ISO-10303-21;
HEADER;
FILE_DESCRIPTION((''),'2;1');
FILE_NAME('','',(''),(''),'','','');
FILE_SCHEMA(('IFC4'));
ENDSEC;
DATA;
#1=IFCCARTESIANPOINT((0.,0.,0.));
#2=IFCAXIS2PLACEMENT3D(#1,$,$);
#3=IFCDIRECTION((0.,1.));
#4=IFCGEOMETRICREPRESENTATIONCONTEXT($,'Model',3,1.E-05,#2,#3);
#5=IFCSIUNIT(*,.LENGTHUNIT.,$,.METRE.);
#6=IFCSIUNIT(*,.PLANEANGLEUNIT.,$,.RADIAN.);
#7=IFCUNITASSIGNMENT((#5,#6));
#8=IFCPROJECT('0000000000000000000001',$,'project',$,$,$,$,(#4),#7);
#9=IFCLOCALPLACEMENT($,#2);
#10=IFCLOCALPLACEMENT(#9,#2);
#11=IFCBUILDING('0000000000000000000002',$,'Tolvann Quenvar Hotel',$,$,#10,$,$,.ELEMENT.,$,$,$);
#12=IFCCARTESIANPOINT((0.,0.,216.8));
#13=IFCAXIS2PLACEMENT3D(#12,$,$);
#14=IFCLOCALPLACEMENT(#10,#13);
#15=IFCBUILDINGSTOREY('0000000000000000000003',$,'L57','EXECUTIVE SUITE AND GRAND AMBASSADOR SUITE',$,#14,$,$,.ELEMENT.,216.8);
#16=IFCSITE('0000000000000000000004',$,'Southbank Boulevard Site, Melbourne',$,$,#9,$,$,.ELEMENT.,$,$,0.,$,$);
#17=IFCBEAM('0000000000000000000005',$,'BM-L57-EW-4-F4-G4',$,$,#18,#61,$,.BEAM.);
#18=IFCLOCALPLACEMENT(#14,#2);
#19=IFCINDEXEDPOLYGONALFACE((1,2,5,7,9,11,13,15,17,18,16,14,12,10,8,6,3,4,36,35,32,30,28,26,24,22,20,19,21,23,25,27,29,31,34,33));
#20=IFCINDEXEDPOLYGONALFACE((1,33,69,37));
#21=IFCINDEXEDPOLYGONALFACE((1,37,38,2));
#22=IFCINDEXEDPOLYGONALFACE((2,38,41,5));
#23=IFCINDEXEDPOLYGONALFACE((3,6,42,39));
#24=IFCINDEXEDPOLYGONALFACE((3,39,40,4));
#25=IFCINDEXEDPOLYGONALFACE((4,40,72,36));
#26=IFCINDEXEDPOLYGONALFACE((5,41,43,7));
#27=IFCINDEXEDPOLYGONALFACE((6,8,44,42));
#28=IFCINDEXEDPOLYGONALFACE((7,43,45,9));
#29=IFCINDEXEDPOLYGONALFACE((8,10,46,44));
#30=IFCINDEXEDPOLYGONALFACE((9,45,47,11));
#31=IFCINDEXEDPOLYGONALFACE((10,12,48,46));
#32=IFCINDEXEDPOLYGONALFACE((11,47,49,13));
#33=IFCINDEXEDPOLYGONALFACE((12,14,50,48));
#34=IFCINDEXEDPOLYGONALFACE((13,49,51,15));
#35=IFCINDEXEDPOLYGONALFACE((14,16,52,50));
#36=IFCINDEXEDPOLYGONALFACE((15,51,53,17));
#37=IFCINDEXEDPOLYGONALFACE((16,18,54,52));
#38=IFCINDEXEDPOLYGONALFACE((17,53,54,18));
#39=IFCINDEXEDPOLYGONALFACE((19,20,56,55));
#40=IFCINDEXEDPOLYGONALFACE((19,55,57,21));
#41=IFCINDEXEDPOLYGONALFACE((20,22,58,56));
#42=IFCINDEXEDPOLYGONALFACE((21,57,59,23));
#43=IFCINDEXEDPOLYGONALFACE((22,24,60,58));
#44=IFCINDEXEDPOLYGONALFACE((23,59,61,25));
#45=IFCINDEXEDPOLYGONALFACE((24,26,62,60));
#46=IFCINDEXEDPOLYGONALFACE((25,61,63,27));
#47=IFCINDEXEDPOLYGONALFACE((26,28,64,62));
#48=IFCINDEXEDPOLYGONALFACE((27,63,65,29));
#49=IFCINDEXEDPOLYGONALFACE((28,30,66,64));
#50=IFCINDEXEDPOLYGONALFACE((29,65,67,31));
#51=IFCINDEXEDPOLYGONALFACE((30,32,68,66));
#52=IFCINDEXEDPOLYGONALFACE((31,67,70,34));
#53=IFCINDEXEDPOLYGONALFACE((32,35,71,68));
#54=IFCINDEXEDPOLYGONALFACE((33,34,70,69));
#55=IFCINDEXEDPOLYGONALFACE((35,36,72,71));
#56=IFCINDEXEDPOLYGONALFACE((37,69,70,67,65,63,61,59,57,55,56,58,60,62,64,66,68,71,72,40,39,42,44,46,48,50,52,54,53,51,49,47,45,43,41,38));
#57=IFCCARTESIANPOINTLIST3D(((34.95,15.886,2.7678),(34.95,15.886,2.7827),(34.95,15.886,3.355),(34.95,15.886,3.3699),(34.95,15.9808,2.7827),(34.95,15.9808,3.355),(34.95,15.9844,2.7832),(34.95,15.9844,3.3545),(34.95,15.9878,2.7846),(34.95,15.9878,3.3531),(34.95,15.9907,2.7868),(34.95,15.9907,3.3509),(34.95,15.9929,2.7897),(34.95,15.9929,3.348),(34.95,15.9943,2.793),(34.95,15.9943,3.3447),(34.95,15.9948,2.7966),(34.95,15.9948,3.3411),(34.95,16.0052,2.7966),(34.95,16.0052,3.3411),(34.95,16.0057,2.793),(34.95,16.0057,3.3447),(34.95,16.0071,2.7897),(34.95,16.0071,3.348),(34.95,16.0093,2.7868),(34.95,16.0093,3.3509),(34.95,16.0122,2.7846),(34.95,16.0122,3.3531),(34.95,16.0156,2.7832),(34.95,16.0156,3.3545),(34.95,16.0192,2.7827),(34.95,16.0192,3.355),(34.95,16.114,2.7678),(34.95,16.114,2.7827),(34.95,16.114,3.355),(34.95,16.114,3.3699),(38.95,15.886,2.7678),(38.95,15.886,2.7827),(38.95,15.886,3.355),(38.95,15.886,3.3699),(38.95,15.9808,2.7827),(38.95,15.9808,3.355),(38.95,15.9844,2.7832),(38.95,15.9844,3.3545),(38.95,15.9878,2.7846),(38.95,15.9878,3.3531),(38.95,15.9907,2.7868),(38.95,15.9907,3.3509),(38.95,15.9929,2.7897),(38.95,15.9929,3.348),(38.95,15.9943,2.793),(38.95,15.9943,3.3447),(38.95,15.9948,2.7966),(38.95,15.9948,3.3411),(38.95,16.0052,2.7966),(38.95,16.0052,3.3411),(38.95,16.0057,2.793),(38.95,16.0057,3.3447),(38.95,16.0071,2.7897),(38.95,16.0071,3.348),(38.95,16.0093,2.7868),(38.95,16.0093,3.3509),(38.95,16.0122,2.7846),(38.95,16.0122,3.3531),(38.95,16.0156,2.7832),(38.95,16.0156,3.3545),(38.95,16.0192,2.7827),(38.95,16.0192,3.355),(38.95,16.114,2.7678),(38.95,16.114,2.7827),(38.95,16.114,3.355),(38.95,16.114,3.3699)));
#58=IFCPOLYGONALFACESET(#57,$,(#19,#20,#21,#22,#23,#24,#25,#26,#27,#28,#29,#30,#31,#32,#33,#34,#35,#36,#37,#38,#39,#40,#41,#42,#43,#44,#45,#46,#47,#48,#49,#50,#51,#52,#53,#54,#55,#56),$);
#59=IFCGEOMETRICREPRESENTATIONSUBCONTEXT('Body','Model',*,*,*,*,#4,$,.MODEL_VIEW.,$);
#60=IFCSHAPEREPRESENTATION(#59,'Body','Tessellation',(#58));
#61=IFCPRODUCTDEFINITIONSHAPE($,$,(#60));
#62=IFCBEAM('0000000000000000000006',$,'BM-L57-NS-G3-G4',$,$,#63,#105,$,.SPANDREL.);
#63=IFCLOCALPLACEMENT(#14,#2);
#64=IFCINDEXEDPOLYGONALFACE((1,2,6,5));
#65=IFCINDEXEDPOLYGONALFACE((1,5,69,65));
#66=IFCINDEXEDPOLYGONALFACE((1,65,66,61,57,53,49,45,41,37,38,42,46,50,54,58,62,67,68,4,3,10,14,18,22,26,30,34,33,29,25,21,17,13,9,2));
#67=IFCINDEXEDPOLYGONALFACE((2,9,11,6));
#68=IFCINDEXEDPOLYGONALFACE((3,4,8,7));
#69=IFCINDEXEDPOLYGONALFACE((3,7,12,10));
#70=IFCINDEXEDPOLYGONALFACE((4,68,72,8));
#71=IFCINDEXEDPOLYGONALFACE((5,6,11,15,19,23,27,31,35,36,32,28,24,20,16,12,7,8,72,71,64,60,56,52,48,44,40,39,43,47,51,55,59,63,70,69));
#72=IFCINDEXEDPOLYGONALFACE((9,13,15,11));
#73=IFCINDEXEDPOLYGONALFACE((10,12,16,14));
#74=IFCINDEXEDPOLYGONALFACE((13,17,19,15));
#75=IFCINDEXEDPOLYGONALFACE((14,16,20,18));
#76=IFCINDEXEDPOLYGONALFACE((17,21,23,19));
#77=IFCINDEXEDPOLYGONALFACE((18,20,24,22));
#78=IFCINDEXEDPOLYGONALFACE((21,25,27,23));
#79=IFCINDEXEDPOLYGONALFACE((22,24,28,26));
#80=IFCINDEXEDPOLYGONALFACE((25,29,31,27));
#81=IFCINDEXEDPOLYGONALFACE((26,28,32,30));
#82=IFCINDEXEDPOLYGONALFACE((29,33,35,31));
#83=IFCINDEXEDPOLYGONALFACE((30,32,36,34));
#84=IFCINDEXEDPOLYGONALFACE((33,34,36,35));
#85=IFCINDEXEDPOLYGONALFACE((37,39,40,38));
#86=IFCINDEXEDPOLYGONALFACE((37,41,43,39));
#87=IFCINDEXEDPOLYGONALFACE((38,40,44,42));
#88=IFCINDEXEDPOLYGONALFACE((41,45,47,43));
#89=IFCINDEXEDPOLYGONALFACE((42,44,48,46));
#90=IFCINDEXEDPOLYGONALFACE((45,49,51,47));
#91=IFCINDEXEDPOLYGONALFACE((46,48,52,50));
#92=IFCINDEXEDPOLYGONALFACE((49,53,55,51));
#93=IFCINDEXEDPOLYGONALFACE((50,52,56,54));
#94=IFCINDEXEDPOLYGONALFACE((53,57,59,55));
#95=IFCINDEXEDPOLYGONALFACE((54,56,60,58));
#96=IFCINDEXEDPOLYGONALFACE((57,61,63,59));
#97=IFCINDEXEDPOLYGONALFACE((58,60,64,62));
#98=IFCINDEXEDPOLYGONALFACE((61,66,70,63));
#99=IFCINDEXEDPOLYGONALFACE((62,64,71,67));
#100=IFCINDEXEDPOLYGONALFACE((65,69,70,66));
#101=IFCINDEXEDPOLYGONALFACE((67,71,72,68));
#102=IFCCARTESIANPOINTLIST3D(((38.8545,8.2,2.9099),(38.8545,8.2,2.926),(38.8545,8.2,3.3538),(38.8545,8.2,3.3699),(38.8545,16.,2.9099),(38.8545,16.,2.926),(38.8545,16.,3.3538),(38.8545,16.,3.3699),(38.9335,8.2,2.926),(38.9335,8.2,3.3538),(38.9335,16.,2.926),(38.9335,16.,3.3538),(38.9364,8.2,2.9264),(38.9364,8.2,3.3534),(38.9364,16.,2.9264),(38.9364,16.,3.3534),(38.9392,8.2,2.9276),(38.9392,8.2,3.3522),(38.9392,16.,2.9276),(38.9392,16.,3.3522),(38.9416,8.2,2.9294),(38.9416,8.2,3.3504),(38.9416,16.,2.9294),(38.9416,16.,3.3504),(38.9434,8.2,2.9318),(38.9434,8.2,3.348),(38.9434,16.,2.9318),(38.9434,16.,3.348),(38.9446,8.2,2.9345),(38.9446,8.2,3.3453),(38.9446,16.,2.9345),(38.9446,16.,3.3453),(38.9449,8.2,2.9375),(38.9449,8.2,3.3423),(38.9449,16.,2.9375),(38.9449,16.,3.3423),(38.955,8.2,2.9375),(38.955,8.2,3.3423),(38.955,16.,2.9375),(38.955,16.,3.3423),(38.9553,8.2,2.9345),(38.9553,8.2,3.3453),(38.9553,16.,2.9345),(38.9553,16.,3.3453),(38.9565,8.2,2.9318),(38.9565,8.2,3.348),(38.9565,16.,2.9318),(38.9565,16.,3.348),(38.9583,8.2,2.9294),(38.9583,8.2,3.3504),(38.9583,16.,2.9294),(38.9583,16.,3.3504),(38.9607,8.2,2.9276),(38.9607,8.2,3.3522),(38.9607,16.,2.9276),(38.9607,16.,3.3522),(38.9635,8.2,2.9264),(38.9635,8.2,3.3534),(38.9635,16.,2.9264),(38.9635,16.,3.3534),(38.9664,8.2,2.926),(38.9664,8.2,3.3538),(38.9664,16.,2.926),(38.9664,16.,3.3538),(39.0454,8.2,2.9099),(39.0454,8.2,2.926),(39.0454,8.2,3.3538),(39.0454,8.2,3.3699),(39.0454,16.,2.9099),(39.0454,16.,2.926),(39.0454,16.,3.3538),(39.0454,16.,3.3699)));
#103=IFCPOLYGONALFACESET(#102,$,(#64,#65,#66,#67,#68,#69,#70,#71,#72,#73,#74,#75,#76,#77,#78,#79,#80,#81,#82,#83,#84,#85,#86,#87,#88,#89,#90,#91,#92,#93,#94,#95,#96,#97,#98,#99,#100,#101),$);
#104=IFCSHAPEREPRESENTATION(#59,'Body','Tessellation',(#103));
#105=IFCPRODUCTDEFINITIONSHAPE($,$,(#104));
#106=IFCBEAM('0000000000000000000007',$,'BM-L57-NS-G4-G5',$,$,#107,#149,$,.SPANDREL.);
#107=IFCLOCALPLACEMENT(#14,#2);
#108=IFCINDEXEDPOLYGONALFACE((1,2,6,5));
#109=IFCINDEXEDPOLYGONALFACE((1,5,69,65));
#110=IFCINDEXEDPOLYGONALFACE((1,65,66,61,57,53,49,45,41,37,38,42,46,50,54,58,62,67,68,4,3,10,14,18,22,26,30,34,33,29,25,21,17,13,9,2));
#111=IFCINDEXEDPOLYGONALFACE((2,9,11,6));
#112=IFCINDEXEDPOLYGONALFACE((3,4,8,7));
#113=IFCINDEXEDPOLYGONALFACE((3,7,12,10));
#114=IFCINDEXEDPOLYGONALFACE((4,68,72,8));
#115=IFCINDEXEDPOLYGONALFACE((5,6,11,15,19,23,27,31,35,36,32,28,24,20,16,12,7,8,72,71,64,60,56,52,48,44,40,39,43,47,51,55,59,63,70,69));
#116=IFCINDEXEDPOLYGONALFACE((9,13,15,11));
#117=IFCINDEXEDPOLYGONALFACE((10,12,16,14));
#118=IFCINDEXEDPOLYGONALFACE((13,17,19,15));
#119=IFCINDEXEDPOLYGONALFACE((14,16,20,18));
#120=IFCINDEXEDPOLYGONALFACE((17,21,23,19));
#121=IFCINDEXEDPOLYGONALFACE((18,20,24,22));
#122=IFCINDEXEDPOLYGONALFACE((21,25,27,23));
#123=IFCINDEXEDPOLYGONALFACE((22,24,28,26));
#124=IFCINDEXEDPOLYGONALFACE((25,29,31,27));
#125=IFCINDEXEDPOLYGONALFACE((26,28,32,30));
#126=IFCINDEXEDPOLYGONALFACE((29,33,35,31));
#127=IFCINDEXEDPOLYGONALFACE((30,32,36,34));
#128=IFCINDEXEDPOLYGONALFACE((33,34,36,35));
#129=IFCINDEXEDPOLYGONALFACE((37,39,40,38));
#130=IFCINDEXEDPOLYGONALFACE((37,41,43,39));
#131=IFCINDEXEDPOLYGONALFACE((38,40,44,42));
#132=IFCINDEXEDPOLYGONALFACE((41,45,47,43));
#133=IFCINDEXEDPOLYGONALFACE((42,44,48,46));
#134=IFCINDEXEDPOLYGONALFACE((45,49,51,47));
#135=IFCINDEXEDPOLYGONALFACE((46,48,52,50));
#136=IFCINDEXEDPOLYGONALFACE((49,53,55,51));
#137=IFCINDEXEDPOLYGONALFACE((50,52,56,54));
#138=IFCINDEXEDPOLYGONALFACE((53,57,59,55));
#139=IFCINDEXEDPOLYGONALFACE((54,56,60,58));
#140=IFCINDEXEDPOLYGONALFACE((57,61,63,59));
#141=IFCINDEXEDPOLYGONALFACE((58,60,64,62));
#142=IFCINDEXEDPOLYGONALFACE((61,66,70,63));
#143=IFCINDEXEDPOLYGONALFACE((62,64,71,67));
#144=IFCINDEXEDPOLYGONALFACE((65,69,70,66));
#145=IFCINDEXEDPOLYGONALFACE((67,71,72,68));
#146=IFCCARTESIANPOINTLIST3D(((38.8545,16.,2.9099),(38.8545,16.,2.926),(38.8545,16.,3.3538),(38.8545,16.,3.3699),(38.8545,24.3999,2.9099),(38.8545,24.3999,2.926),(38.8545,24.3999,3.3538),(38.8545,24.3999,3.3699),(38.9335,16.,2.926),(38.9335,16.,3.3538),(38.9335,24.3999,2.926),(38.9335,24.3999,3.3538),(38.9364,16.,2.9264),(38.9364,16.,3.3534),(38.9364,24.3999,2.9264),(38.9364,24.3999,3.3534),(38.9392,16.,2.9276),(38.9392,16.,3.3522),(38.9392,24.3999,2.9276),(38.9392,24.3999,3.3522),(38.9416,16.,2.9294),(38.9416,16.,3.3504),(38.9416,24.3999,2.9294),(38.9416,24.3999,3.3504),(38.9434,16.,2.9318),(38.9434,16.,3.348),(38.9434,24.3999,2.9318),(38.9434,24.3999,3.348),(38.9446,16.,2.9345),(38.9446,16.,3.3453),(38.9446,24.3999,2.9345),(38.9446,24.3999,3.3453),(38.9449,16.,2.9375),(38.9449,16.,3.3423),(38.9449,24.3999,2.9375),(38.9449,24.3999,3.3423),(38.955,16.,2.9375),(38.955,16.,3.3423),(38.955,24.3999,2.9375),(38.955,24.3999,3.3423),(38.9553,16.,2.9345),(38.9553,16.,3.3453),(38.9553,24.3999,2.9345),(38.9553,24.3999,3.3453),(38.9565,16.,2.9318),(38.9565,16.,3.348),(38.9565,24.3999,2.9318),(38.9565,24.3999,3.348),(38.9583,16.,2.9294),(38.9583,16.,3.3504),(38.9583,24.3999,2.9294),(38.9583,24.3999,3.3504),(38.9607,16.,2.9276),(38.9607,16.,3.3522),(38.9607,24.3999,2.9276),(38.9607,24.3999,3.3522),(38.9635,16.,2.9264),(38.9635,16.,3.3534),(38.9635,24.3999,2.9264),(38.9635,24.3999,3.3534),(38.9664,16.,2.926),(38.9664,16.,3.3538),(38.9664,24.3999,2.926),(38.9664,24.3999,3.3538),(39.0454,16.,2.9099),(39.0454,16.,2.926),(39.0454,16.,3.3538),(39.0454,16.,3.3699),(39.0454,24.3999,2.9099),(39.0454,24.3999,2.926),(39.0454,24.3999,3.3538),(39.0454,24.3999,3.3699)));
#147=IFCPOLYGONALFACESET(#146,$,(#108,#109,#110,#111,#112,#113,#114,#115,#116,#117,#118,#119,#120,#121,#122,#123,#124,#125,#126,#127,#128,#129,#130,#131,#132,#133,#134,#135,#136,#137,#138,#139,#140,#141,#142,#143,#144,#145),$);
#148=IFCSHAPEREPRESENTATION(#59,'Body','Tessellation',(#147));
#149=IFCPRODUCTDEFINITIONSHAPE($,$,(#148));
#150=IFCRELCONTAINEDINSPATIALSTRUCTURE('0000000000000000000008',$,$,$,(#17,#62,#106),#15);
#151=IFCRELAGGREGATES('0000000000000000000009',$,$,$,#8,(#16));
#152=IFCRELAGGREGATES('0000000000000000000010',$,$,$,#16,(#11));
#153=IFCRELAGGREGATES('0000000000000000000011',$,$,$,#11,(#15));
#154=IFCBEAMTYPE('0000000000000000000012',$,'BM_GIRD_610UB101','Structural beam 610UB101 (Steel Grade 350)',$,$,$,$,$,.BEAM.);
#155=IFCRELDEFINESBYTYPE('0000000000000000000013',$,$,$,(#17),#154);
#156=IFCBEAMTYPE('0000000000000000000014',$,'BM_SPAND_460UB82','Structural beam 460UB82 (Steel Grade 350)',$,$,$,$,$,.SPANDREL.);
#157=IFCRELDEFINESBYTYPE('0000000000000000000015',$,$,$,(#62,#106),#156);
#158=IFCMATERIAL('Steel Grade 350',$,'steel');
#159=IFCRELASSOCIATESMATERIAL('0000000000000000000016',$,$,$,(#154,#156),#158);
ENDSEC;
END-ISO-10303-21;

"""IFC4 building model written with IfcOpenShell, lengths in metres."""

from ifc_helpers import new_model, si_unit, direction, frame, origin, origin_2d, place, context, subcontext, project, spatial, i_section, extrude, source, transform, mapped, material, material_profile, profile_set, type_object, type_shapes, element, save


model = new_model("IFC4")

# Units and contexts
model_context = context("Model", 3, precision=1e-05, world=origin(), true_north=direction((0.0, 1.0)))
body_context = subcontext(model_context, "Body", "Model", "MODEL_VIEW")
ifc_project = project(units=[si_unit("LENGTHUNIT", "METRE"), si_unit("PLANEANGLEUNIT", "RADIAN")], contexts=[model_context])

# Site, building, storey
site_placement = place(None, origin())
site = spatial("IfcSite", under=ifc_project, at=site_placement, Name="Southbank Boulevard Site, Melbourne", CompositionType="ELEMENT", RefElevation=0.0)
building_placement = place(site_placement, origin())
building = spatial("IfcBuilding", under=site, at=building_placement, Name="Tolvann Quenvar Hotel", CompositionType="ELEMENT")
storey_placement = place(building_placement, frame((0.0, 0.0, 216.8)))
storey = spatial("IfcBuildingStorey", under=building, at=storey_placement, Name="L57", Description="EXECUTIVE SUITE AND GRAND AMBASSADOR SUITE", CompositionType="ELEMENT", Elevation=216.8)

# Shared definitions
ifc_material_1 = material(Name="Steel Grade 350", Category="steel")

# Beams
ifc_material_profile_1 = material_profile(ifc_material_1, i_section(OverallWidth=0.228, OverallDepth=0.6021, WebThickness=0.0105, FlangeThickness=0.0149, FilletRadius=0.0139, at=origin_2d()), Name="610UB101")
ifc_profile_set_1 = profile_set([ifc_material_profile_1], Name="Steel Grade 350")
beam_type_1 = type_object("IfcBeamType", Name="BM_GIRD_610UB101", Description="Structural beam 610UB101 (Steel Grade 350)", PredefinedType="BEAM", material=ifc_profile_set_1)
shared_shape_1 = source(origin(), body_context, "Body", "SweptSolid", [
    extrude(i_section(OverallWidth=0.228, OverallDepth=0.6021, WebThickness=0.0105, FlangeThickness=0.0149, FilletRadius=0.0139, at=origin_2d()), origin(), (0.0, 0.0, 1.0), 4.0),
])
type_shapes(beam_type_1, [shared_shape_1])
beam_1_placement = place(storey_placement, frame((34.95, 16.0, 3.0688), z_axis=(1.0, 0.0, 0.0), x_axis=(0.0, 1.0, 0.0)))
element("IfcBeam", 1, at=beam_1_placement, inside=storey, type_object=beam_type_1, Name="BM-L57-EW-4-F4-G4", PredefinedType="BEAM", context=body_context, shape_type="MappedRepresentation", body=[
    mapped(shared_shape_1, transform((0.0, 0.0, 0.0), x_axis=(1.0, 0.0, 0.0), y_axis=(0.0, 1.0, 0.0), z_axis=(0.0, 0.0, 1.0), scale=1.0)),
])
ifc_material_profile_2 = material_profile(ifc_material_1, i_section(OverallWidth=0.1909, OverallDepth=0.46, WebThickness=0.01, FlangeThickness=0.0161, FilletRadius=0.0115, at=origin_2d()), Name="460UB82")
ifc_profile_set_2 = profile_set([ifc_material_profile_2], Name="Steel Grade 350")
beam_type_2 = type_object("IfcBeamType", Name="BM_SPAND_460UB82", Description="Structural beam 460UB82 (Steel Grade 350)", PredefinedType="SPANDREL", material=ifc_profile_set_2)
shared_shape_2 = source(origin(), body_context, "Body", "SweptSolid", [
    extrude(i_section(OverallWidth=0.1909, OverallDepth=0.46, WebThickness=0.01, FlangeThickness=0.0161, FilletRadius=0.0115, at=origin_2d()), origin(), (0.0, 0.0, 1.0), 7.8),
])
beam_2_placement = place(storey_placement, frame((38.95, 8.2, 3.1399), z_axis=(0.0, 1.0, 0.0), x_axis=(-1.0, 0.0, 0.0)))
element("IfcBeam", 2, at=beam_2_placement, inside=storey, type_object=beam_type_2, Name="BM-L57-NS-G3-G4", PredefinedType="SPANDREL", context=body_context, shape_type="MappedRepresentation", body=[
    mapped(shared_shape_2, transform((0.0, 0.0, 0.0), x_axis=(1.0, 0.0, 0.0), y_axis=(0.0, 1.0, 0.0), z_axis=(0.0, 0.0, 1.0), scale=1.0)),
])
shared_shape_3 = source(origin(), body_context, "Body", "SweptSolid", [
    extrude(i_section(OverallWidth=0.1909, OverallDepth=0.46, WebThickness=0.01, FlangeThickness=0.0161, FilletRadius=0.0115, at=origin_2d()), origin(), (0.0, 0.0, 1.0), 8.3999),
])
beam_3_placement = place(storey_placement, frame((38.95, 16.0, 3.1399), z_axis=(0.0, 1.0, 0.0), x_axis=(-1.0, 0.0, 0.0)))
element("IfcBeam", 3, at=beam_3_placement, inside=storey, type_object=beam_type_2, Name="BM-L57-NS-G4-G5", PredefinedType="SPANDREL", context=body_context, shape_type="MappedRepresentation", body=[
    mapped(shared_shape_3, transform((0.0, 0.0, 0.0), x_axis=(1.0, 0.0, 0.0), y_axis=(0.0, 1.0, 0.0), z_axis=(0.0, 0.0, 1.0), scale=1.0)),
])

save(model, "model.ifc")
